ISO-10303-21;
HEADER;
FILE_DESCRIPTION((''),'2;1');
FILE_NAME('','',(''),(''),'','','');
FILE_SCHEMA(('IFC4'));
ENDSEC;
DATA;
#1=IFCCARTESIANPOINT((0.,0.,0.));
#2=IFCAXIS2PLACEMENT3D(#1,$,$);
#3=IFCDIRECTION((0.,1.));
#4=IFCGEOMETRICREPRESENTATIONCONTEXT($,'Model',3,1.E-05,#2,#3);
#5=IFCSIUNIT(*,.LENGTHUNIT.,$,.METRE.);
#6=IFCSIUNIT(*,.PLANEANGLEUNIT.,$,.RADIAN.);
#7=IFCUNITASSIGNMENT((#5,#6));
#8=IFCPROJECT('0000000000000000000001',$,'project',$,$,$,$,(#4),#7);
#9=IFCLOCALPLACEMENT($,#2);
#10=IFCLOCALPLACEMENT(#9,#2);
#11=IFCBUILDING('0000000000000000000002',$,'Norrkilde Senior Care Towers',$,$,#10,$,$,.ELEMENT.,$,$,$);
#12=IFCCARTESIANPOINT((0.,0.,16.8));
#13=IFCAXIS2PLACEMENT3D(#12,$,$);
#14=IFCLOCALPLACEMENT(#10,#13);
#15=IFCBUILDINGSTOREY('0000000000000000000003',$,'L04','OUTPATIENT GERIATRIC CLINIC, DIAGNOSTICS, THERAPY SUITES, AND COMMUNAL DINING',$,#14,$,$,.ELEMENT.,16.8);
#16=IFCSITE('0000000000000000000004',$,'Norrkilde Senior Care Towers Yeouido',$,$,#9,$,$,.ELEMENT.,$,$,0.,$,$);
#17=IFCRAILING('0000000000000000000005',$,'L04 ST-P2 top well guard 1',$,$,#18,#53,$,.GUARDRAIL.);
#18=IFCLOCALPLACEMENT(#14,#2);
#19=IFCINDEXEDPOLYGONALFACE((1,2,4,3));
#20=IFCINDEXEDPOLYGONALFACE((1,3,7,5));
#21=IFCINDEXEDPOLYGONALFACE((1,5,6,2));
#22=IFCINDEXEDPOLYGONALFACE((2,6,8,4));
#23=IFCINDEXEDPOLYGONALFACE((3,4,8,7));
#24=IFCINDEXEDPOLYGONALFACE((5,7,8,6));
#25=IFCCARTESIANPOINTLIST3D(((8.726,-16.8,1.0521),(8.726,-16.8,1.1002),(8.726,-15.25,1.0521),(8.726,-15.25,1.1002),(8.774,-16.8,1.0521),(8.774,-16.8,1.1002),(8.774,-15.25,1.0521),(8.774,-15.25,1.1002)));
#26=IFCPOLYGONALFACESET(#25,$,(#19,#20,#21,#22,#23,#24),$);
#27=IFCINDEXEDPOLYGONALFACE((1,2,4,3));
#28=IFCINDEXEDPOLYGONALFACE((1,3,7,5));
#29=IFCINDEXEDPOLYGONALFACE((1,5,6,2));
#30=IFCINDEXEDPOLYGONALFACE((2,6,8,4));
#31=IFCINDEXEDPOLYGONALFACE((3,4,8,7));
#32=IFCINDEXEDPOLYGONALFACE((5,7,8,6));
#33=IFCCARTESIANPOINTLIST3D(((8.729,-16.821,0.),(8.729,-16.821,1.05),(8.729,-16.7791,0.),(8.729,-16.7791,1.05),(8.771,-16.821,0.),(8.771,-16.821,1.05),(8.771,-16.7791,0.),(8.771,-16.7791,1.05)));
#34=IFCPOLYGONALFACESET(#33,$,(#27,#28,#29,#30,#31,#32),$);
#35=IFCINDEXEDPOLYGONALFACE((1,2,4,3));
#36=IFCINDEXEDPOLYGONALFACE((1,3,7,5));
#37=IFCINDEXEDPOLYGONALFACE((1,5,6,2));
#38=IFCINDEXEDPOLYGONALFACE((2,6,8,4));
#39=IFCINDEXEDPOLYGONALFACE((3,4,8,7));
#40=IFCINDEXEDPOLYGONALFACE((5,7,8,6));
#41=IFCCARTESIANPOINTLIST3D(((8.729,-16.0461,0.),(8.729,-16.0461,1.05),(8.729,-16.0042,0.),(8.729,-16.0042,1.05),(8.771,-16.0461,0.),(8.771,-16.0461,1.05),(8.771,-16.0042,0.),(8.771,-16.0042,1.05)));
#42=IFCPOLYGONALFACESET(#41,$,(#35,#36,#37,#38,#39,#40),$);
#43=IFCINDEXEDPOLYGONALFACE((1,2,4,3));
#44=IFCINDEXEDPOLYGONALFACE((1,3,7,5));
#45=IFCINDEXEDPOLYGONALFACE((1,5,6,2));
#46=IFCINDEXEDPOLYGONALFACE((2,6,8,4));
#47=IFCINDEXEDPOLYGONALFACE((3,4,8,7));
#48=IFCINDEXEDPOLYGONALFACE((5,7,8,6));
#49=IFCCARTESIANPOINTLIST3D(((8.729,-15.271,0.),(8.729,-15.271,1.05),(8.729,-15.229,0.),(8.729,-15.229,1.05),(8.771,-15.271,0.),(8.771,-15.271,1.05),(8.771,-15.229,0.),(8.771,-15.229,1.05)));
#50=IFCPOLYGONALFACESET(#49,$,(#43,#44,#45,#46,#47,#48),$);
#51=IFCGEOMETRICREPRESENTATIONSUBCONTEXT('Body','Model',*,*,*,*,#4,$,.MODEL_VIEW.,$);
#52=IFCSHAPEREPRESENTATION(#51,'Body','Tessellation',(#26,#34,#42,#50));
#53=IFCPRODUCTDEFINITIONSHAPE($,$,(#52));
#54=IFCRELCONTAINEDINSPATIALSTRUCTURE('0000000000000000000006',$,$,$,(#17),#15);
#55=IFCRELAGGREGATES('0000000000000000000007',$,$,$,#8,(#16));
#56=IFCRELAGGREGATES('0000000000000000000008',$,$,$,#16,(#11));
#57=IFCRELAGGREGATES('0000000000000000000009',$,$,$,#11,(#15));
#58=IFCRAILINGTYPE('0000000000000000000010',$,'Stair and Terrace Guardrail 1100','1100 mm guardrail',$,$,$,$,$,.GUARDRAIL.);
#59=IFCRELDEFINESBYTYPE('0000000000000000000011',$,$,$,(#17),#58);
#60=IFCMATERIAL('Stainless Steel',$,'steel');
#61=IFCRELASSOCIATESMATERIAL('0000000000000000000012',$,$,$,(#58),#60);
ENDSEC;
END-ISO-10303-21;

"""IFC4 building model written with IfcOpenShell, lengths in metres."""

from ifc_helpers import new_model, si_unit, direction, frame, origin, origin_2d, place, context, subcontext, project, spatial, rectangle, extrude, material, type_object, element, save


model = new_model("IFC4")

# Units and contexts
model_context = context("Model", 3, precision=1e-05, world=origin(), true_north=direction((0.0, 1.0)))
body_context = subcontext(model_context, "Body", "Model", "MODEL_VIEW")
ifc_project = project(units=[si_unit("LENGTHUNIT", "METRE"), si_unit("PLANEANGLEUNIT", "RADIAN")], contexts=[model_context])

# Site, building, storey
site_placement = place(None, origin())
site = spatial("IfcSite", under=ifc_project, at=site_placement, Name="Norrkilde Senior Care Towers Yeouido", CompositionType="ELEMENT", RefElevation=0.0)
building_placement = place(site_placement, origin())
building = spatial("IfcBuilding", under=site, at=building_placement, Name="Norrkilde Senior Care Towers", CompositionType="ELEMENT")
storey_placement = place(building_placement, frame((0.0, 0.0, 16.8)))
storey = spatial("IfcBuildingStorey", under=building, at=storey_placement, Name="L04", Description="OUTPATIENT GERIATRIC CLINIC, DIAGNOSTICS, THERAPY SUITES, AND COMMUNAL DINING", CompositionType="ELEMENT", Elevation=16.8)

# Railing
ifc_material_1 = material(Name="Stainless Steel", Category="steel")
railing_type = type_object("IfcRailingType", Name="Stair and Terrace Guardrail 1100", Description="1100 mm guardrail", PredefinedType="GUARDRAIL", material=ifc_material_1)
railing_placement = place(storey_placement, frame((8.75, -16.8, 0.0)))
element("IfcRailing", 1, at=railing_placement, inside=storey, type_object=railing_type, Name="L04 ST-P2 top well guard 1", PredefinedType="GUARDRAIL", context=body_context, shape_type="SweptSolid", body=[
    extrude(rectangle(XDim=0.0481, YDim=0.0481, at=origin_2d()), frame((0.0, 0.0, 1.0762), z_axis=(0.0, 1.0, 0.0), x_axis=(-1.0, 0.0, 0.0)), (0.0, 0.0, 1.0), 1.55),
    extrude(rectangle(XDim=0.042, YDim=0.042, at=origin_2d()), origin(), (0.0, 0.0, 1.0), 1.05),
    extrude(rectangle(XDim=0.042, YDim=0.042, at=origin_2d()), frame((0.0, 0.7749, 0.0)), (0.0, 0.0, 1.0), 1.05),
    extrude(rectangle(XDim=0.042, YDim=0.042, at=origin_2d()), frame((0.0, 1.55, 0.0)), (0.0, 0.0, 1.0), 1.05),
])

save(model, "model.ifc")
